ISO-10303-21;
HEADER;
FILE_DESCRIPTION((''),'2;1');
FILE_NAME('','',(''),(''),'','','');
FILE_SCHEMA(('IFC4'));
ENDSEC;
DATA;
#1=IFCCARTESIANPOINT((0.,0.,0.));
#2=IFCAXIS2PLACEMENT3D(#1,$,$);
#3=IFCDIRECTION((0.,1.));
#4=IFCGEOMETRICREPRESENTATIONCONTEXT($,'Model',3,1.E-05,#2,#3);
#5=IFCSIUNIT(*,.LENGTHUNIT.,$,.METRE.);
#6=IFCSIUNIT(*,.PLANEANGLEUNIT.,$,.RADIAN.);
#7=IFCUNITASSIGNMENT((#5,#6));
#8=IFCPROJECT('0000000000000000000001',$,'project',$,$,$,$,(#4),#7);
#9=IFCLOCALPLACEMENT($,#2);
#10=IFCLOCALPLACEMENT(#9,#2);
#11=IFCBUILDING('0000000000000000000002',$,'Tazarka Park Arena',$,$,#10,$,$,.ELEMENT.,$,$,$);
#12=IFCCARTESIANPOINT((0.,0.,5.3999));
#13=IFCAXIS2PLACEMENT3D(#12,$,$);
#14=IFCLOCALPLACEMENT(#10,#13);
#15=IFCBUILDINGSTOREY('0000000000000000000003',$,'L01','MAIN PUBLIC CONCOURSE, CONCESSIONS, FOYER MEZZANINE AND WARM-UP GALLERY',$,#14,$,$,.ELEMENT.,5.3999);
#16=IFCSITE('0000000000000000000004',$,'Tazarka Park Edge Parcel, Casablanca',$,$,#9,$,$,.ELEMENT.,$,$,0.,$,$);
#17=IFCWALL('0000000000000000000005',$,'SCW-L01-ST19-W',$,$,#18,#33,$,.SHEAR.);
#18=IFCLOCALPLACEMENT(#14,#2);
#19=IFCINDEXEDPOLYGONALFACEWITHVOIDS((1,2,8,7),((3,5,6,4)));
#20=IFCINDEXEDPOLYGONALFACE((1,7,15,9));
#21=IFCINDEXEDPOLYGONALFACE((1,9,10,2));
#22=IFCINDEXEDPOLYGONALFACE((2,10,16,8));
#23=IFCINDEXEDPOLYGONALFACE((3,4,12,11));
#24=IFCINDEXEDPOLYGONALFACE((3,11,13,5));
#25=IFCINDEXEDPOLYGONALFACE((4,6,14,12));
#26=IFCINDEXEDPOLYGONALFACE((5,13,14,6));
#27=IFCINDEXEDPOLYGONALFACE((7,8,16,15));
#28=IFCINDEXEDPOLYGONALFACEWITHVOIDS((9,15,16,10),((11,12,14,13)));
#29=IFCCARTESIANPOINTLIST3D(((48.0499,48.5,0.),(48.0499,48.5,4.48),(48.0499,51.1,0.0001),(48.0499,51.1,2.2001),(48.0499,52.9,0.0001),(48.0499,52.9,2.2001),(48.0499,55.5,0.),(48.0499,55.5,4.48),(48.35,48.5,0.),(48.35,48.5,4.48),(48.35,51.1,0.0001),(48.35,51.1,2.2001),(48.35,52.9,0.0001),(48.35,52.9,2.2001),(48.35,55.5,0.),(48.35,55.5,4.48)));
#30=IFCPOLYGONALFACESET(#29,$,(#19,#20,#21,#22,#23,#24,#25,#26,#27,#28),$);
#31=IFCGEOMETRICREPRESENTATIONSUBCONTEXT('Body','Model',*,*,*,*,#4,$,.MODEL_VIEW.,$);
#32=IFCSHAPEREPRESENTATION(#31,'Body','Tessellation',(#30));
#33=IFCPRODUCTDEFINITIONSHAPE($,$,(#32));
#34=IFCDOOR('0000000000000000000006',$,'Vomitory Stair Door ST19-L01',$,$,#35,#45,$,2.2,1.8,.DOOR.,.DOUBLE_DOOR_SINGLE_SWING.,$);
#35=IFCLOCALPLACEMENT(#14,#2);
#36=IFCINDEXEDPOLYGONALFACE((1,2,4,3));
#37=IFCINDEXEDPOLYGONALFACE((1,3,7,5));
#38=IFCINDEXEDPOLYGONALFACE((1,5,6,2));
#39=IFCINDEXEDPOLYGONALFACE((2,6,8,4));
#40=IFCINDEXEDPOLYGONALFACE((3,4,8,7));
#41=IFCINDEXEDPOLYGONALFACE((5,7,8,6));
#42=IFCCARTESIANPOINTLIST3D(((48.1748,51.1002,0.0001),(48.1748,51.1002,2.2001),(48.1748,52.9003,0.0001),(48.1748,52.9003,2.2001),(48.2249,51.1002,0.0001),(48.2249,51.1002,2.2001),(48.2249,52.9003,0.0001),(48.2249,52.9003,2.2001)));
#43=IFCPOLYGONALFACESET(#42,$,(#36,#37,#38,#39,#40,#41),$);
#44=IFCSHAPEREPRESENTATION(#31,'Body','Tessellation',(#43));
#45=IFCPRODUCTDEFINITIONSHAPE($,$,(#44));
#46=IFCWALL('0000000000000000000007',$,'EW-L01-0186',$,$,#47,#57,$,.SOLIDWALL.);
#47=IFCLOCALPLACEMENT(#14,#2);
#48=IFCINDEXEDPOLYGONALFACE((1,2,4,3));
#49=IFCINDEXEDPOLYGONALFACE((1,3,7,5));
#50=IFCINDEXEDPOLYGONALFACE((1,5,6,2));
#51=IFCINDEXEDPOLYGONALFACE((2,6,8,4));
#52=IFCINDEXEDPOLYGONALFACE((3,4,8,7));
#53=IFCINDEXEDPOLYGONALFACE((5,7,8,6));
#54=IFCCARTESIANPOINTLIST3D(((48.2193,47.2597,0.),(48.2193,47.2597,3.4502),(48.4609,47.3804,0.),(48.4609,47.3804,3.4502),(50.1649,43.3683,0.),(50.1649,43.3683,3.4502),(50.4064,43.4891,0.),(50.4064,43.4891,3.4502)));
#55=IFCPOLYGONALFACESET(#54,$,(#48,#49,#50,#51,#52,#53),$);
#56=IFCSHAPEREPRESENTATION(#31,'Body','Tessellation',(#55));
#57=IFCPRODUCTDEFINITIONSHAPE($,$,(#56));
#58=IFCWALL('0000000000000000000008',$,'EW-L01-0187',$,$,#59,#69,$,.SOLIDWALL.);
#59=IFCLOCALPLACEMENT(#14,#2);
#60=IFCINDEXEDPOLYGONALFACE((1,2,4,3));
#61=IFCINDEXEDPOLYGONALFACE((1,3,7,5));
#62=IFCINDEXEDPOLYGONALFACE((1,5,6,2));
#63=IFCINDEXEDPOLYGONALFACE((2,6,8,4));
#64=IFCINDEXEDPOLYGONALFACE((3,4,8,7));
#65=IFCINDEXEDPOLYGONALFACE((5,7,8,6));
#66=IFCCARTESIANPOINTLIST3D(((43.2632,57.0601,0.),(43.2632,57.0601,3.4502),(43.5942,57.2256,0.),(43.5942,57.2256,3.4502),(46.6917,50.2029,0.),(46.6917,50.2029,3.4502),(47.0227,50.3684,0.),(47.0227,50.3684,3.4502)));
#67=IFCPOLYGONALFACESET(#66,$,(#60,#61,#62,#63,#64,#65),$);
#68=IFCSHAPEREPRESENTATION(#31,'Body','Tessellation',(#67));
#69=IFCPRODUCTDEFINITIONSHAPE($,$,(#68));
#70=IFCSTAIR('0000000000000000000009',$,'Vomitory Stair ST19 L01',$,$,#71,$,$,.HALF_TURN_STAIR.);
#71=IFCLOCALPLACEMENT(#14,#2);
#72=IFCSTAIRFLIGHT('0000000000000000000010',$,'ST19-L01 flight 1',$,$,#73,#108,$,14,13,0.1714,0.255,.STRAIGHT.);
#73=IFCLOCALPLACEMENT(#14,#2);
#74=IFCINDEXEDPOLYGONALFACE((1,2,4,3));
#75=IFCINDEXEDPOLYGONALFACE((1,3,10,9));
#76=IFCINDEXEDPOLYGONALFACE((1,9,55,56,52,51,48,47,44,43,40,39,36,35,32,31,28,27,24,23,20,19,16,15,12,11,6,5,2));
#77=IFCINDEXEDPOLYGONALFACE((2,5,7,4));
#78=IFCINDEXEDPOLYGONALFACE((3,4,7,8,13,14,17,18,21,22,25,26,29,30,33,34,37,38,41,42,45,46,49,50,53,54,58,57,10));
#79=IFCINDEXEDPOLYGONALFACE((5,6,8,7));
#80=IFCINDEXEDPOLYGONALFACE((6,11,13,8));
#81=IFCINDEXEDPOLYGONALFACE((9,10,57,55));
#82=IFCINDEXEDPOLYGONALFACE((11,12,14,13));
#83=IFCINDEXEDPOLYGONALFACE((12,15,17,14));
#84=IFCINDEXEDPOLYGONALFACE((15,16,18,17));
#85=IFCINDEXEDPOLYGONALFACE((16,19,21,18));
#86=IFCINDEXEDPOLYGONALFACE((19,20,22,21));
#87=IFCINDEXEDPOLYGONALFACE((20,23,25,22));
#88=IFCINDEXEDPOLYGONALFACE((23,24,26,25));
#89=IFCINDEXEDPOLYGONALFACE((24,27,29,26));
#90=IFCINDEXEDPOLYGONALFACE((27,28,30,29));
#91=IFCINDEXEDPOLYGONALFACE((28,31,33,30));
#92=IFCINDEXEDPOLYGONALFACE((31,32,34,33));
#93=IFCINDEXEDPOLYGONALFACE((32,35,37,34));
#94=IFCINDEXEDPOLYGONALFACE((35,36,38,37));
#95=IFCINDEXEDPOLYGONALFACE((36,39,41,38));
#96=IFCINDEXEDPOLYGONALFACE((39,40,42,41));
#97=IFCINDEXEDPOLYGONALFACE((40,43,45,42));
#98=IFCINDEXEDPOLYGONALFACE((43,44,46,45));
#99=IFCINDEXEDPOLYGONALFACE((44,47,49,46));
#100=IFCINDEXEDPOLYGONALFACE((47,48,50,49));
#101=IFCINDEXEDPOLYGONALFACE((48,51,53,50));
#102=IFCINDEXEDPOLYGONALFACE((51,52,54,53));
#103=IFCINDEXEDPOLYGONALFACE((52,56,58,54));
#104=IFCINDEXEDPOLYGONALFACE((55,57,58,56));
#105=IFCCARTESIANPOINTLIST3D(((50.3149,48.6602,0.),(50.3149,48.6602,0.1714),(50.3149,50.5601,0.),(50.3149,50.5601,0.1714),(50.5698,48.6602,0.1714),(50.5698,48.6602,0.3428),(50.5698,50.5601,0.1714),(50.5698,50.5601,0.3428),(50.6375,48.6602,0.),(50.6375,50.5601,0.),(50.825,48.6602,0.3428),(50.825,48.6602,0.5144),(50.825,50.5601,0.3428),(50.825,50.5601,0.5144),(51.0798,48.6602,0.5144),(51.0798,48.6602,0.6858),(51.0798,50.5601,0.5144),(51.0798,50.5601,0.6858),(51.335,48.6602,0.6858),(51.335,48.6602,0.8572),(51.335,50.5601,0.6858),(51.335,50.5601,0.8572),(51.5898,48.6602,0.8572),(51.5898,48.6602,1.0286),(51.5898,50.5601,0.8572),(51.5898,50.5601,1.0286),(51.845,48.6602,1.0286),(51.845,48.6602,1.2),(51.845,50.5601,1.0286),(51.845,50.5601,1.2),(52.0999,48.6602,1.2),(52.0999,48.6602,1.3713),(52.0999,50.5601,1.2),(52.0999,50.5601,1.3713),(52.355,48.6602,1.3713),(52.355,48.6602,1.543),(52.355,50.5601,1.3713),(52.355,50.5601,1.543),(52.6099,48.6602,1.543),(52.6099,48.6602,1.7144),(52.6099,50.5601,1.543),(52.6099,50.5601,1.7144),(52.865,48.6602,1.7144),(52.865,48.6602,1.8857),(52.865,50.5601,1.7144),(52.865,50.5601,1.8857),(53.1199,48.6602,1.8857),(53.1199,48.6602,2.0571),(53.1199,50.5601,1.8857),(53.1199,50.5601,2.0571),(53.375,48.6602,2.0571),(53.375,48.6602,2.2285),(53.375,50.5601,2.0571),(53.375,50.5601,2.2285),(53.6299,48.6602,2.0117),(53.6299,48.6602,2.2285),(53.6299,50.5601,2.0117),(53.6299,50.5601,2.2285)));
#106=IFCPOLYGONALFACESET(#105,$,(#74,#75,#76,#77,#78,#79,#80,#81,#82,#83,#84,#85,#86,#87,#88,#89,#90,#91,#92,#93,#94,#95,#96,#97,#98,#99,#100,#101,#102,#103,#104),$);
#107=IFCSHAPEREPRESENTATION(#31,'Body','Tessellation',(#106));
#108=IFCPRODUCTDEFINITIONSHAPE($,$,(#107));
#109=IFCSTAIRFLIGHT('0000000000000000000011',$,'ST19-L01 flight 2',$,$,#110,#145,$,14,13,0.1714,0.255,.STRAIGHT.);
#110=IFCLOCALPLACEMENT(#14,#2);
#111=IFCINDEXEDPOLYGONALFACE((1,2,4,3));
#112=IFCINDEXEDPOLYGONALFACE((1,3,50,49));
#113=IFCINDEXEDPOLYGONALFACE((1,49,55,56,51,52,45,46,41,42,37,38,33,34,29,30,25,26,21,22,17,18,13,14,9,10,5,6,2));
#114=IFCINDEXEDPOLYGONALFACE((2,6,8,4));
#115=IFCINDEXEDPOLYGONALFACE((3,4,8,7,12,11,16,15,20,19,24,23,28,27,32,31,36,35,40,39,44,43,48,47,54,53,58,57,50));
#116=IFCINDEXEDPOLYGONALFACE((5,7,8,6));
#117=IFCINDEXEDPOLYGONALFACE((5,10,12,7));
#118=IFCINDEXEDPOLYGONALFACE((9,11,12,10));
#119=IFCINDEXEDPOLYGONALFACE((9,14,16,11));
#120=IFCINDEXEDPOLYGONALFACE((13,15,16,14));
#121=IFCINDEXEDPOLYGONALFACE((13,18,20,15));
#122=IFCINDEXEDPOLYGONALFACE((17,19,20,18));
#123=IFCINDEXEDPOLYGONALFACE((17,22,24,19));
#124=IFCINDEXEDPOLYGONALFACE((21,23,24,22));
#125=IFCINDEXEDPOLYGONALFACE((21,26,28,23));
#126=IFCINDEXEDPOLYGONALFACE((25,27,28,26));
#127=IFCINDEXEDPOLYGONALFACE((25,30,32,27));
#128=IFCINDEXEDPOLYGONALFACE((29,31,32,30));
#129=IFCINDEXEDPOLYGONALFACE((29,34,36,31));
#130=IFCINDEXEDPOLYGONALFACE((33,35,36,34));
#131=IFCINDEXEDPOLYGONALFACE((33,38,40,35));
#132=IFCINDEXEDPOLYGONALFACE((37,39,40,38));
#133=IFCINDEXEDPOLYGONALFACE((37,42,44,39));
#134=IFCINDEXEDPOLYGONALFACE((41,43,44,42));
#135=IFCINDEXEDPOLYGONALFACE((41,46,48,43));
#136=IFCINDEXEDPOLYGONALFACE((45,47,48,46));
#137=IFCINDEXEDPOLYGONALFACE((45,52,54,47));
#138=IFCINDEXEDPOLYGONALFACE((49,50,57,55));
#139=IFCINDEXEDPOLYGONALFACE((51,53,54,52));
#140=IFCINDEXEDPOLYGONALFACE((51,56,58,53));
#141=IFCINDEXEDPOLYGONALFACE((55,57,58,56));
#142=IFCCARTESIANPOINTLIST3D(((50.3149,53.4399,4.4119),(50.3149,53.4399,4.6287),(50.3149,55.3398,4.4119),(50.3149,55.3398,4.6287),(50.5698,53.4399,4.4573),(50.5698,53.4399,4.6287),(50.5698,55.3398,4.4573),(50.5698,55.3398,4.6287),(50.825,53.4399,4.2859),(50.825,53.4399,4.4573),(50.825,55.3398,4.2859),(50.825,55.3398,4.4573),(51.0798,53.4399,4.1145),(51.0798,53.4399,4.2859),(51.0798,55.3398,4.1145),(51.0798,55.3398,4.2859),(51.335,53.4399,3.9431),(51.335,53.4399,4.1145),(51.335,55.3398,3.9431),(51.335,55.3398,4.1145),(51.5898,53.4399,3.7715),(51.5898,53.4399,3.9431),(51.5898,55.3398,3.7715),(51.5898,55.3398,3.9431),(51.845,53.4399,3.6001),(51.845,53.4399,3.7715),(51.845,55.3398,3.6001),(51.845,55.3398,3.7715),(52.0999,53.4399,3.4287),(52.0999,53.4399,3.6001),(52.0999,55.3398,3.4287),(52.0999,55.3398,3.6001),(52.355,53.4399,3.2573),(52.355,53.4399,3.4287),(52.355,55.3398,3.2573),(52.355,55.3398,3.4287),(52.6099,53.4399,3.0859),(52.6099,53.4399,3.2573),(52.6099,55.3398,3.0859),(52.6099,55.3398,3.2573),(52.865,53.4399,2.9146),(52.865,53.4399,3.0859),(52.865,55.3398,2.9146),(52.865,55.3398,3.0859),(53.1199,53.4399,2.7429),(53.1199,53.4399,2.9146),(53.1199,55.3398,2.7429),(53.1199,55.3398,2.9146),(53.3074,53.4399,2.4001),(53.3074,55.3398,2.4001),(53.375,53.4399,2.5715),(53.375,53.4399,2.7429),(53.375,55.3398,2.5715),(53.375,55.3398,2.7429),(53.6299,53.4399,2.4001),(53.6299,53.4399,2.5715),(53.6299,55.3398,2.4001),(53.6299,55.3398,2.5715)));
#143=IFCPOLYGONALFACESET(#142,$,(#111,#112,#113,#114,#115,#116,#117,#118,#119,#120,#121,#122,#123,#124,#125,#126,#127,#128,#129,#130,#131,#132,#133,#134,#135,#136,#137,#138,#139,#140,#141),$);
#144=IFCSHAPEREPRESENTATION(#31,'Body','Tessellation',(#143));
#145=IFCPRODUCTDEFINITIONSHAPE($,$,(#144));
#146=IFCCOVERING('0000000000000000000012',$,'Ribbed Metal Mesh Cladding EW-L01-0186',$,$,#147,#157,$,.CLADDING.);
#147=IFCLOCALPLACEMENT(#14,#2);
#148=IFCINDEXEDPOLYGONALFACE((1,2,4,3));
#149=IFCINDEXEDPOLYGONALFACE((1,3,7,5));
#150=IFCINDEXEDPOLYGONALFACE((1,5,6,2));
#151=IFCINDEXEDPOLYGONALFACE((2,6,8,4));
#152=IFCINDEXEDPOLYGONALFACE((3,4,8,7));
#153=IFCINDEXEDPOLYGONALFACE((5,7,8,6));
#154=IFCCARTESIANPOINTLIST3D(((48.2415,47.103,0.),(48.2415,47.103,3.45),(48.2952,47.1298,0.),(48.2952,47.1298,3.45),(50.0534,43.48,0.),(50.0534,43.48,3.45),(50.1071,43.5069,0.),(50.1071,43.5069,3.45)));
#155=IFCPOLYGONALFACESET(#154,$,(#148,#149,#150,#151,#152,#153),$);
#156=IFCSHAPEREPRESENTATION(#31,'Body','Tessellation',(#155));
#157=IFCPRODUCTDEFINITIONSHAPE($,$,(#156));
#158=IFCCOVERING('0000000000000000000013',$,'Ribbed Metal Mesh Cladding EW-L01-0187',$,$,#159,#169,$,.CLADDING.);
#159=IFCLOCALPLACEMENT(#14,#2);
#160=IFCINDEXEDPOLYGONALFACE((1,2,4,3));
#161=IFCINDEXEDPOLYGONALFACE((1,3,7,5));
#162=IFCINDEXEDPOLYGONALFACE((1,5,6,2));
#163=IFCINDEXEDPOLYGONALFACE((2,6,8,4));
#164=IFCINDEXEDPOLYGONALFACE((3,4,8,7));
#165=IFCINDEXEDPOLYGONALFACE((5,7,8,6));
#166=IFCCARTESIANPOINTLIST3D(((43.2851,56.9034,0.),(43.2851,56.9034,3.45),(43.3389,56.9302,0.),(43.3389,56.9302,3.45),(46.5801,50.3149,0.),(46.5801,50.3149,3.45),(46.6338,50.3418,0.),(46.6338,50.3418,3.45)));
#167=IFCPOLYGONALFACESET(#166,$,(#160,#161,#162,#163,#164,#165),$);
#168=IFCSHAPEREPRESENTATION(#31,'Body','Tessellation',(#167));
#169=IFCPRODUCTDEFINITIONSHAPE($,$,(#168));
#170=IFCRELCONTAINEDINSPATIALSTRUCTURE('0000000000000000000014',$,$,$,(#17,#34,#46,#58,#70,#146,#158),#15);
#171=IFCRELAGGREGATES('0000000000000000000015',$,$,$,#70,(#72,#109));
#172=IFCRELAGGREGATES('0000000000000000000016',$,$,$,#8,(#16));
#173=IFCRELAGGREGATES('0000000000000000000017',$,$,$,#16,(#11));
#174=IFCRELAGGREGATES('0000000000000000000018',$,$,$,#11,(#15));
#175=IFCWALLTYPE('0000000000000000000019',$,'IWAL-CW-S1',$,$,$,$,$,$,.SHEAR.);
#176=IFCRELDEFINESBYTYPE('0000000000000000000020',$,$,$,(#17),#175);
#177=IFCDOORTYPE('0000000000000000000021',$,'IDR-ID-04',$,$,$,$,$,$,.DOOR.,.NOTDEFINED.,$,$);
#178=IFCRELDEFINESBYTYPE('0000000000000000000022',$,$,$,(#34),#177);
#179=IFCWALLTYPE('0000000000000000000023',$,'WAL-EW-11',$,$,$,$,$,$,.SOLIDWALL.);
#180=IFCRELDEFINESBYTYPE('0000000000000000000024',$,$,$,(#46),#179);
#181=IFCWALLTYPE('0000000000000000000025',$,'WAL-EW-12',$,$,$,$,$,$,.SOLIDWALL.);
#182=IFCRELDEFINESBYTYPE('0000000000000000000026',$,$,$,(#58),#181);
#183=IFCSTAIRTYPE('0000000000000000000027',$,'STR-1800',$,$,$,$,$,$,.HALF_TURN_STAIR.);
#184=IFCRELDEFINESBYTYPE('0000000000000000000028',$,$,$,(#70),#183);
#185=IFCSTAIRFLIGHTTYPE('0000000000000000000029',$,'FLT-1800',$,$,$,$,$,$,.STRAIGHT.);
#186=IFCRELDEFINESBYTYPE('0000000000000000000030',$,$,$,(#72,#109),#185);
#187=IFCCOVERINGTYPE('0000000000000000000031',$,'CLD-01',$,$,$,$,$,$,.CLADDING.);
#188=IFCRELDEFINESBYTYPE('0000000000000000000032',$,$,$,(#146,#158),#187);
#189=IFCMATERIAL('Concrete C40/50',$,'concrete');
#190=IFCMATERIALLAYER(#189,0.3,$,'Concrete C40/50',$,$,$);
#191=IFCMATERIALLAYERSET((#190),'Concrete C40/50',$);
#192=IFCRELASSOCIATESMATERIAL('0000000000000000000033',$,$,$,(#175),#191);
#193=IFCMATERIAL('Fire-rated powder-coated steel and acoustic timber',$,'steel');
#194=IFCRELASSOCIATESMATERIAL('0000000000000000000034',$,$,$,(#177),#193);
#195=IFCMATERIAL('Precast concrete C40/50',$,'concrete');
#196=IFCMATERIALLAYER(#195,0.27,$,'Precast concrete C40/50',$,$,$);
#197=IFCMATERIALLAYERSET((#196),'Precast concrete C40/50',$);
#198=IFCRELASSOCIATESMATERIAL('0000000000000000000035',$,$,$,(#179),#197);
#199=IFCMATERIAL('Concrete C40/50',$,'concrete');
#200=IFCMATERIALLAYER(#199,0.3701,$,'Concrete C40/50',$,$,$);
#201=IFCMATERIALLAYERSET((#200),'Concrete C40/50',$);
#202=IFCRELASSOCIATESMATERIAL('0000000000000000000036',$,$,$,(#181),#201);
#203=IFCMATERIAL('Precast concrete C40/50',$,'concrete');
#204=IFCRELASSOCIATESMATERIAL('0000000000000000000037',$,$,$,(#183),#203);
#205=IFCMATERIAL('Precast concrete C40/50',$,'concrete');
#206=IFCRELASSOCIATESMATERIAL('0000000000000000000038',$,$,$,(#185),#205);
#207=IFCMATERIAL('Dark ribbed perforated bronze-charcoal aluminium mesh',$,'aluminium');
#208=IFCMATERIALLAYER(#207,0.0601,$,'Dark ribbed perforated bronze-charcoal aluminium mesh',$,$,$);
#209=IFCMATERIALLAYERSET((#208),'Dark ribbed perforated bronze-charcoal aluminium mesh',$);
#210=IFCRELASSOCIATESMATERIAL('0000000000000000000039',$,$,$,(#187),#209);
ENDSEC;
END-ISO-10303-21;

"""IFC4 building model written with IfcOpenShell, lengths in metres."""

from ifc_helpers import new_model, si_unit, direction, frame, frame_2d, origin, origin_2d, place, context, subcontext, project, spatial, polyline, rectangle, outline, extrude, material, layer, layer_set, type_object, element, fill, aggregate, save


model = new_model("IFC4")

# Units and contexts
model_context = context("Model", 3, precision=1e-05, world=origin(), true_north=direction((0.0, 1.0)))
body_context = subcontext(model_context, "Body", "Model", "MODEL_VIEW")
ifc_project = project(units=[si_unit("LENGTHUNIT", "METRE"), si_unit("PLANEANGLEUNIT", "RADIAN")], contexts=[model_context])

# Site, building, storey
site_placement = place(None, origin())
site = spatial("IfcSite", under=ifc_project, at=site_placement, Name="Tazarka Park Edge Parcel, Casablanca", CompositionType="ELEMENT", RefElevation=0.0)
building_placement = place(site_placement, origin())
building = spatial("IfcBuilding", under=site, at=building_placement, Name="Tazarka Park Arena", CompositionType="ELEMENT")
storey_placement = place(building_placement, frame((0.0, 0.0, 5.3999)))
storey = spatial("IfcBuildingStorey", under=building, at=storey_placement, Name="L01", Description="MAIN PUBLIC CONCOURSE, CONCESSIONS, FOYER MEZZANINE AND WARM-UP GALLERY", CompositionType="ELEMENT", Elevation=5.3999)

# Shared definitions
ifc_material_1 = material(Name="Concrete C40/50", Category="concrete")
ifc_layer_1 = layer(ifc_material_1, 0.3, Name="Concrete C40/50")
ifc_layer_set_1 = layer_set([ifc_layer_1], Name="Concrete C40/50")
wall_type_1 = type_object("IfcWallType", Name="IWAL-CW-S1", PredefinedType="SHEAR", material=ifc_layer_set_1)

# Wall, opening, door
wall_1_placement = place(storey_placement, frame((48.2, 48.5, 0.0), z_axis=(0.0, 0.0, 1.0), x_axis=(0.0, 1.0, 0.0)))
wall_1 = element("IfcWall", 1, at=wall_1_placement, inside=storey, type_object=wall_type_1, Name="SCW-L01-ST19-W", PredefinedType="SHEAR", context=body_context, shape_type="SweptSolid", body=[
    extrude(rectangle(XDim=7.0, YDim=0.3, at=frame_2d((3.5, 0.0))), origin(), (0.0, 0.0, 1.0), 4.48),
])
opening_placement = place(wall_1_placement, frame((2.6001, 0.0, 0.0)))
opening = element("IfcOpeningElement", 2, at=opening_placement, cuts=wall_1, PredefinedType="OPENING", context=body_context, shape_type="SweptSolid", body=[
    extrude(rectangle(XDim=1.8, YDim=2.2, at=frame_2d((0.8999, 1.1001))), frame((0.0, 0.1602, 0.0), z_axis=(0.0, -1.0, 0.0), x_axis=(1.0, 0.0, 0.0)), (0.0, 0.0, 1.0), 0.3201),
])
ifc_material_2 = material(Name="Fire-rated powder-coated steel and acoustic timber", Category="steel")
door_type = type_object("IfcDoorType", Name="IDR-ID-04", OperationType="NOTDEFINED", PredefinedType="DOOR", material=ifc_material_2)
door_placement = place(opening_placement, frame((1.8, 0.0, 0.0), z_axis=(0.0, 0.0, 1.0), x_axis=(-1.0, 0.0, 0.0)))
door = element("IfcDoor", 3, at=door_placement, inside=storey, type_object=door_type, Name="Vomitory Stair Door ST19-L01", OperationType="DOUBLE_DOOR_SINGLE_SWING", OverallHeight=2.2, OverallWidth=1.8, PredefinedType="DOOR", context=body_context, shape_type="SweptSolid", body=[
    extrude(rectangle(XDim=1.8, YDim=2.2, at=frame_2d((0.8999, 1.1001))), frame((0.0, 0.0249, 0.0), z_axis=(0.0, -1.0, 0.0), x_axis=(1.0, 0.0, 0.0)), (0.0, 0.0, 1.0), 0.05),
])
fill(opening, door)

# Walls
ifc_material_3 = material(Name="Precast concrete C40/50", Category="concrete")
ifc_layer_2 = layer(ifc_material_3, 0.27, Name="Precast concrete C40/50")
ifc_layer_set_2 = layer_set([ifc_layer_2], Name="Precast concrete C40/50")
wall_type_2 = type_object("IfcWallType", Name="WAL-EW-11", PredefinedType="SOLIDWALL", material=ifc_layer_set_2)
wall_2_placement = place(storey_placement, frame((50.2856, 43.4287, 0.0), z_axis=(0.0, 0.0, 1.0), x_axis=(-0.447191, 0.894438, 0.0)))
element("IfcWall", 4, at=wall_2_placement, inside=storey, type_object=wall_type_2, Name="EW-L01-0186", PredefinedType="SOLIDWALL", context=body_context, shape_type="SweptSolid", body=[
    extrude(rectangle(XDim=4.3506, YDim=0.27, at=frame_2d((2.1753, 0.0))), origin(), (0.0, 0.0, 1.0), 3.4502),
])
ifc_material_4 = material(Name="Concrete C40/50", Category="concrete")
ifc_layer_3 = layer(ifc_material_4, 0.3701, Name="Concrete C40/50")
ifc_layer_set_3 = layer_set([ifc_layer_3], Name="Concrete C40/50")
wall_type_3 = type_object("IfcWallType", Name="WAL-EW-12", PredefinedType="SOLIDWALL", material=ifc_layer_set_3)
wall_3_placement = place(storey_placement, frame((46.8572, 50.2856, 0.0), z_axis=(0.0, 0.0, 1.0), x_axis=(-0.447201, 0.894434, 0.0)))
element("IfcWall", 5, at=wall_3_placement, inside=storey, type_object=wall_type_3, Name="EW-L01-0187", PredefinedType="SOLIDWALL", context=body_context, shape_type="SweptSolid", body=[
    extrude(rectangle(XDim=7.6665, YDim=0.3701, at=frame_2d((3.8333, 0.0))), origin(), (0.0, 0.0, 1.0), 3.4502),
])

# Stair, stair flights
ifc_material_5 = material(Name="Precast concrete C40/50", Category="concrete")
stair_type = type_object("IfcStairType", Name="STR-1800", PredefinedType="HALF_TURN_STAIR", material=ifc_material_5)
stair_placement = place(storey_placement, origin())
stair = element("IfcStair", 6, at=stair_placement, inside=storey, type_object=stair_type, Name="Vomitory Stair ST19 L01", PredefinedType="HALF_TURN_STAIR")
ifc_material_6 = material(Name="Precast concrete C40/50", Category="concrete")
stair_flight_type = type_object("IfcStairFlightType", Name="FLT-1800", PredefinedType="STRAIGHT", material=ifc_material_6)
stair_flight_1_placement = place(storey_placement, frame((50.3149, 49.6101, 0.0), z_axis=(0.0, 0.0, 1.0), x_axis=(1.0, 0.0, 0.0)))
stair_flight_1 = element("IfcStairFlight", 7, at=stair_flight_1_placement, type_object=stair_flight_type, Name="ST19-L01 flight 1", NumberOfRisers=14, NumberOfTreads=13, PredefinedType="STRAIGHT", RiserHeight=0.1714, TreadLength=0.255, context=body_context, shape_type="SweptSolid", body=[
    extrude(outline(polyline([(0.0, 0.0), (0.0, 0.1714), (0.2549, 0.1714), (0.2549, 0.3428), (0.51, 0.3428), (0.51, 0.5144), (0.7649, 0.5144), (0.7649, 0.6858), (1.02, 0.6858), (1.02, 0.8572), (1.2749, 0.8572), (1.2749, 1.0286), (1.53, 1.0286), (1.53, 1.2), (1.7849, 1.2), (1.7849, 1.3713), (2.04, 1.3713), (2.04, 1.543), (2.2949, 1.543), (2.2949, 1.7144), (2.55, 1.7144), (2.55, 1.8857), (2.8049, 1.8857), (2.8049, 2.0571), (3.0601, 2.0571), (3.0601, 2.2285), (3.3149, 2.2285), (3.3149, 2.3999), (3.3149, 2.0117), (0.3225, 0.0), (0.0, 0.0)])), frame((0.0, 0.95, 0.0), z_axis=(0.0, -1.0, 0.0), x_axis=(1.0, 0.0, 0.0)), (0.0, 0.0, 1.0), 1.8999),
])
stair_flight_2_placement = place(storey_placement, frame((53.6299, 54.3899, 2.4001), z_axis=(0.0, 0.0, 1.0), x_axis=(-1.0, 0.0, 0.0)))
stair_flight_2 = element("IfcStairFlight", 8, at=stair_flight_2_placement, type_object=stair_flight_type, Name="ST19-L01 flight 2", NumberOfRisers=14, NumberOfTreads=13, PredefinedType="STRAIGHT", RiserHeight=0.1714, TreadLength=0.255, context=body_context, shape_type="SweptSolid", body=[
    extrude(outline(polyline([(0.0, 0.0), (0.0, 0.1714), (0.2549, 0.1714), (0.2549, 0.3428), (0.51, 0.3428), (0.51, 0.5144), (0.7649, 0.5144), (0.7649, 0.6858), (1.02, 0.6858), (1.02, 0.8572), (1.2749, 0.8572), (1.2749, 1.0286), (1.53, 1.0286), (1.53, 1.2), (1.7849, 1.2), (1.7849, 1.3713), (2.04, 1.3713), (2.04, 1.543), (2.2949, 1.543), (2.2949, 1.7144), (2.55, 1.7144), (2.55, 1.8857), (2.8049, 1.8857), (2.8049, 2.0571), (3.0601, 2.0571), (3.0601, 2.2285), (3.3149, 2.2285), (3.3149, 2.3999), (3.3149, 2.0117), (0.3225, 0.0), (0.0, 0.0)])), frame((0.0, 0.95, 0.0), z_axis=(0.0, -1.0, 0.0), x_axis=(1.0, 0.0, 0.0)), (0.0, 0.0, 1.0), 1.8999),
])
aggregate(stair, [stair_flight_1, stair_flight_2])

# Coverings
ifc_material_7 = material(Name="Dark ribbed perforated bronze-charcoal aluminium mesh", Category="aluminium")
ifc_layer_4 = layer(ifc_material_7, 0.0601, Name="Dark ribbed perforated bronze-charcoal aluminium mesh")
ifc_layer_set_4 = layer_set([ifc_layer_4], Name="Dark ribbed perforated bronze-charcoal aluminium mesh")
covering_type = type_object("IfcCoveringType", Name="CLD-01", PredefinedType="CLADDING", material=ifc_layer_set_4)
covering_1_placement = place(storey_placement, frame((49.1743, 45.3049, 0.0), z_axis=(0.0, 0.0, 1.0), x_axis=(-0.447291, 0.894389, 0.0)))
element("IfcCovering", 9, at=covering_1_placement, inside=storey, type_object=covering_type, Name="Ribbed Metal Mesh Cladding EW-L01-0186", PredefinedType="CLADDING", context=body_context, shape_type="SweptSolid", body=[
    extrude(rectangle(XDim=4.0508, YDim=0.0601, at=origin_2d()), origin(), (0.0, 0.0, 1.0), 3.45),
])
covering_2_placement = place(storey_placement, frame((44.9595, 53.6226, 0.0), z_axis=(0.0, 0.0, 1.0), x_axis=(-0.447291, 0.894389, 0.0)))
element("IfcCovering", 10, at=covering_2_placement, inside=storey, type_object=covering_type, Name="Ribbed Metal Mesh Cladding EW-L01-0187", PredefinedType="CLADDING", context=body_context, shape_type="SweptSolid", body=[
    extrude(rectangle(XDim=7.3665, YDim=0.0601, at=origin_2d()), origin(), (0.0, 0.0, 1.0), 3.45),
])

save(model, "model.ifc")
